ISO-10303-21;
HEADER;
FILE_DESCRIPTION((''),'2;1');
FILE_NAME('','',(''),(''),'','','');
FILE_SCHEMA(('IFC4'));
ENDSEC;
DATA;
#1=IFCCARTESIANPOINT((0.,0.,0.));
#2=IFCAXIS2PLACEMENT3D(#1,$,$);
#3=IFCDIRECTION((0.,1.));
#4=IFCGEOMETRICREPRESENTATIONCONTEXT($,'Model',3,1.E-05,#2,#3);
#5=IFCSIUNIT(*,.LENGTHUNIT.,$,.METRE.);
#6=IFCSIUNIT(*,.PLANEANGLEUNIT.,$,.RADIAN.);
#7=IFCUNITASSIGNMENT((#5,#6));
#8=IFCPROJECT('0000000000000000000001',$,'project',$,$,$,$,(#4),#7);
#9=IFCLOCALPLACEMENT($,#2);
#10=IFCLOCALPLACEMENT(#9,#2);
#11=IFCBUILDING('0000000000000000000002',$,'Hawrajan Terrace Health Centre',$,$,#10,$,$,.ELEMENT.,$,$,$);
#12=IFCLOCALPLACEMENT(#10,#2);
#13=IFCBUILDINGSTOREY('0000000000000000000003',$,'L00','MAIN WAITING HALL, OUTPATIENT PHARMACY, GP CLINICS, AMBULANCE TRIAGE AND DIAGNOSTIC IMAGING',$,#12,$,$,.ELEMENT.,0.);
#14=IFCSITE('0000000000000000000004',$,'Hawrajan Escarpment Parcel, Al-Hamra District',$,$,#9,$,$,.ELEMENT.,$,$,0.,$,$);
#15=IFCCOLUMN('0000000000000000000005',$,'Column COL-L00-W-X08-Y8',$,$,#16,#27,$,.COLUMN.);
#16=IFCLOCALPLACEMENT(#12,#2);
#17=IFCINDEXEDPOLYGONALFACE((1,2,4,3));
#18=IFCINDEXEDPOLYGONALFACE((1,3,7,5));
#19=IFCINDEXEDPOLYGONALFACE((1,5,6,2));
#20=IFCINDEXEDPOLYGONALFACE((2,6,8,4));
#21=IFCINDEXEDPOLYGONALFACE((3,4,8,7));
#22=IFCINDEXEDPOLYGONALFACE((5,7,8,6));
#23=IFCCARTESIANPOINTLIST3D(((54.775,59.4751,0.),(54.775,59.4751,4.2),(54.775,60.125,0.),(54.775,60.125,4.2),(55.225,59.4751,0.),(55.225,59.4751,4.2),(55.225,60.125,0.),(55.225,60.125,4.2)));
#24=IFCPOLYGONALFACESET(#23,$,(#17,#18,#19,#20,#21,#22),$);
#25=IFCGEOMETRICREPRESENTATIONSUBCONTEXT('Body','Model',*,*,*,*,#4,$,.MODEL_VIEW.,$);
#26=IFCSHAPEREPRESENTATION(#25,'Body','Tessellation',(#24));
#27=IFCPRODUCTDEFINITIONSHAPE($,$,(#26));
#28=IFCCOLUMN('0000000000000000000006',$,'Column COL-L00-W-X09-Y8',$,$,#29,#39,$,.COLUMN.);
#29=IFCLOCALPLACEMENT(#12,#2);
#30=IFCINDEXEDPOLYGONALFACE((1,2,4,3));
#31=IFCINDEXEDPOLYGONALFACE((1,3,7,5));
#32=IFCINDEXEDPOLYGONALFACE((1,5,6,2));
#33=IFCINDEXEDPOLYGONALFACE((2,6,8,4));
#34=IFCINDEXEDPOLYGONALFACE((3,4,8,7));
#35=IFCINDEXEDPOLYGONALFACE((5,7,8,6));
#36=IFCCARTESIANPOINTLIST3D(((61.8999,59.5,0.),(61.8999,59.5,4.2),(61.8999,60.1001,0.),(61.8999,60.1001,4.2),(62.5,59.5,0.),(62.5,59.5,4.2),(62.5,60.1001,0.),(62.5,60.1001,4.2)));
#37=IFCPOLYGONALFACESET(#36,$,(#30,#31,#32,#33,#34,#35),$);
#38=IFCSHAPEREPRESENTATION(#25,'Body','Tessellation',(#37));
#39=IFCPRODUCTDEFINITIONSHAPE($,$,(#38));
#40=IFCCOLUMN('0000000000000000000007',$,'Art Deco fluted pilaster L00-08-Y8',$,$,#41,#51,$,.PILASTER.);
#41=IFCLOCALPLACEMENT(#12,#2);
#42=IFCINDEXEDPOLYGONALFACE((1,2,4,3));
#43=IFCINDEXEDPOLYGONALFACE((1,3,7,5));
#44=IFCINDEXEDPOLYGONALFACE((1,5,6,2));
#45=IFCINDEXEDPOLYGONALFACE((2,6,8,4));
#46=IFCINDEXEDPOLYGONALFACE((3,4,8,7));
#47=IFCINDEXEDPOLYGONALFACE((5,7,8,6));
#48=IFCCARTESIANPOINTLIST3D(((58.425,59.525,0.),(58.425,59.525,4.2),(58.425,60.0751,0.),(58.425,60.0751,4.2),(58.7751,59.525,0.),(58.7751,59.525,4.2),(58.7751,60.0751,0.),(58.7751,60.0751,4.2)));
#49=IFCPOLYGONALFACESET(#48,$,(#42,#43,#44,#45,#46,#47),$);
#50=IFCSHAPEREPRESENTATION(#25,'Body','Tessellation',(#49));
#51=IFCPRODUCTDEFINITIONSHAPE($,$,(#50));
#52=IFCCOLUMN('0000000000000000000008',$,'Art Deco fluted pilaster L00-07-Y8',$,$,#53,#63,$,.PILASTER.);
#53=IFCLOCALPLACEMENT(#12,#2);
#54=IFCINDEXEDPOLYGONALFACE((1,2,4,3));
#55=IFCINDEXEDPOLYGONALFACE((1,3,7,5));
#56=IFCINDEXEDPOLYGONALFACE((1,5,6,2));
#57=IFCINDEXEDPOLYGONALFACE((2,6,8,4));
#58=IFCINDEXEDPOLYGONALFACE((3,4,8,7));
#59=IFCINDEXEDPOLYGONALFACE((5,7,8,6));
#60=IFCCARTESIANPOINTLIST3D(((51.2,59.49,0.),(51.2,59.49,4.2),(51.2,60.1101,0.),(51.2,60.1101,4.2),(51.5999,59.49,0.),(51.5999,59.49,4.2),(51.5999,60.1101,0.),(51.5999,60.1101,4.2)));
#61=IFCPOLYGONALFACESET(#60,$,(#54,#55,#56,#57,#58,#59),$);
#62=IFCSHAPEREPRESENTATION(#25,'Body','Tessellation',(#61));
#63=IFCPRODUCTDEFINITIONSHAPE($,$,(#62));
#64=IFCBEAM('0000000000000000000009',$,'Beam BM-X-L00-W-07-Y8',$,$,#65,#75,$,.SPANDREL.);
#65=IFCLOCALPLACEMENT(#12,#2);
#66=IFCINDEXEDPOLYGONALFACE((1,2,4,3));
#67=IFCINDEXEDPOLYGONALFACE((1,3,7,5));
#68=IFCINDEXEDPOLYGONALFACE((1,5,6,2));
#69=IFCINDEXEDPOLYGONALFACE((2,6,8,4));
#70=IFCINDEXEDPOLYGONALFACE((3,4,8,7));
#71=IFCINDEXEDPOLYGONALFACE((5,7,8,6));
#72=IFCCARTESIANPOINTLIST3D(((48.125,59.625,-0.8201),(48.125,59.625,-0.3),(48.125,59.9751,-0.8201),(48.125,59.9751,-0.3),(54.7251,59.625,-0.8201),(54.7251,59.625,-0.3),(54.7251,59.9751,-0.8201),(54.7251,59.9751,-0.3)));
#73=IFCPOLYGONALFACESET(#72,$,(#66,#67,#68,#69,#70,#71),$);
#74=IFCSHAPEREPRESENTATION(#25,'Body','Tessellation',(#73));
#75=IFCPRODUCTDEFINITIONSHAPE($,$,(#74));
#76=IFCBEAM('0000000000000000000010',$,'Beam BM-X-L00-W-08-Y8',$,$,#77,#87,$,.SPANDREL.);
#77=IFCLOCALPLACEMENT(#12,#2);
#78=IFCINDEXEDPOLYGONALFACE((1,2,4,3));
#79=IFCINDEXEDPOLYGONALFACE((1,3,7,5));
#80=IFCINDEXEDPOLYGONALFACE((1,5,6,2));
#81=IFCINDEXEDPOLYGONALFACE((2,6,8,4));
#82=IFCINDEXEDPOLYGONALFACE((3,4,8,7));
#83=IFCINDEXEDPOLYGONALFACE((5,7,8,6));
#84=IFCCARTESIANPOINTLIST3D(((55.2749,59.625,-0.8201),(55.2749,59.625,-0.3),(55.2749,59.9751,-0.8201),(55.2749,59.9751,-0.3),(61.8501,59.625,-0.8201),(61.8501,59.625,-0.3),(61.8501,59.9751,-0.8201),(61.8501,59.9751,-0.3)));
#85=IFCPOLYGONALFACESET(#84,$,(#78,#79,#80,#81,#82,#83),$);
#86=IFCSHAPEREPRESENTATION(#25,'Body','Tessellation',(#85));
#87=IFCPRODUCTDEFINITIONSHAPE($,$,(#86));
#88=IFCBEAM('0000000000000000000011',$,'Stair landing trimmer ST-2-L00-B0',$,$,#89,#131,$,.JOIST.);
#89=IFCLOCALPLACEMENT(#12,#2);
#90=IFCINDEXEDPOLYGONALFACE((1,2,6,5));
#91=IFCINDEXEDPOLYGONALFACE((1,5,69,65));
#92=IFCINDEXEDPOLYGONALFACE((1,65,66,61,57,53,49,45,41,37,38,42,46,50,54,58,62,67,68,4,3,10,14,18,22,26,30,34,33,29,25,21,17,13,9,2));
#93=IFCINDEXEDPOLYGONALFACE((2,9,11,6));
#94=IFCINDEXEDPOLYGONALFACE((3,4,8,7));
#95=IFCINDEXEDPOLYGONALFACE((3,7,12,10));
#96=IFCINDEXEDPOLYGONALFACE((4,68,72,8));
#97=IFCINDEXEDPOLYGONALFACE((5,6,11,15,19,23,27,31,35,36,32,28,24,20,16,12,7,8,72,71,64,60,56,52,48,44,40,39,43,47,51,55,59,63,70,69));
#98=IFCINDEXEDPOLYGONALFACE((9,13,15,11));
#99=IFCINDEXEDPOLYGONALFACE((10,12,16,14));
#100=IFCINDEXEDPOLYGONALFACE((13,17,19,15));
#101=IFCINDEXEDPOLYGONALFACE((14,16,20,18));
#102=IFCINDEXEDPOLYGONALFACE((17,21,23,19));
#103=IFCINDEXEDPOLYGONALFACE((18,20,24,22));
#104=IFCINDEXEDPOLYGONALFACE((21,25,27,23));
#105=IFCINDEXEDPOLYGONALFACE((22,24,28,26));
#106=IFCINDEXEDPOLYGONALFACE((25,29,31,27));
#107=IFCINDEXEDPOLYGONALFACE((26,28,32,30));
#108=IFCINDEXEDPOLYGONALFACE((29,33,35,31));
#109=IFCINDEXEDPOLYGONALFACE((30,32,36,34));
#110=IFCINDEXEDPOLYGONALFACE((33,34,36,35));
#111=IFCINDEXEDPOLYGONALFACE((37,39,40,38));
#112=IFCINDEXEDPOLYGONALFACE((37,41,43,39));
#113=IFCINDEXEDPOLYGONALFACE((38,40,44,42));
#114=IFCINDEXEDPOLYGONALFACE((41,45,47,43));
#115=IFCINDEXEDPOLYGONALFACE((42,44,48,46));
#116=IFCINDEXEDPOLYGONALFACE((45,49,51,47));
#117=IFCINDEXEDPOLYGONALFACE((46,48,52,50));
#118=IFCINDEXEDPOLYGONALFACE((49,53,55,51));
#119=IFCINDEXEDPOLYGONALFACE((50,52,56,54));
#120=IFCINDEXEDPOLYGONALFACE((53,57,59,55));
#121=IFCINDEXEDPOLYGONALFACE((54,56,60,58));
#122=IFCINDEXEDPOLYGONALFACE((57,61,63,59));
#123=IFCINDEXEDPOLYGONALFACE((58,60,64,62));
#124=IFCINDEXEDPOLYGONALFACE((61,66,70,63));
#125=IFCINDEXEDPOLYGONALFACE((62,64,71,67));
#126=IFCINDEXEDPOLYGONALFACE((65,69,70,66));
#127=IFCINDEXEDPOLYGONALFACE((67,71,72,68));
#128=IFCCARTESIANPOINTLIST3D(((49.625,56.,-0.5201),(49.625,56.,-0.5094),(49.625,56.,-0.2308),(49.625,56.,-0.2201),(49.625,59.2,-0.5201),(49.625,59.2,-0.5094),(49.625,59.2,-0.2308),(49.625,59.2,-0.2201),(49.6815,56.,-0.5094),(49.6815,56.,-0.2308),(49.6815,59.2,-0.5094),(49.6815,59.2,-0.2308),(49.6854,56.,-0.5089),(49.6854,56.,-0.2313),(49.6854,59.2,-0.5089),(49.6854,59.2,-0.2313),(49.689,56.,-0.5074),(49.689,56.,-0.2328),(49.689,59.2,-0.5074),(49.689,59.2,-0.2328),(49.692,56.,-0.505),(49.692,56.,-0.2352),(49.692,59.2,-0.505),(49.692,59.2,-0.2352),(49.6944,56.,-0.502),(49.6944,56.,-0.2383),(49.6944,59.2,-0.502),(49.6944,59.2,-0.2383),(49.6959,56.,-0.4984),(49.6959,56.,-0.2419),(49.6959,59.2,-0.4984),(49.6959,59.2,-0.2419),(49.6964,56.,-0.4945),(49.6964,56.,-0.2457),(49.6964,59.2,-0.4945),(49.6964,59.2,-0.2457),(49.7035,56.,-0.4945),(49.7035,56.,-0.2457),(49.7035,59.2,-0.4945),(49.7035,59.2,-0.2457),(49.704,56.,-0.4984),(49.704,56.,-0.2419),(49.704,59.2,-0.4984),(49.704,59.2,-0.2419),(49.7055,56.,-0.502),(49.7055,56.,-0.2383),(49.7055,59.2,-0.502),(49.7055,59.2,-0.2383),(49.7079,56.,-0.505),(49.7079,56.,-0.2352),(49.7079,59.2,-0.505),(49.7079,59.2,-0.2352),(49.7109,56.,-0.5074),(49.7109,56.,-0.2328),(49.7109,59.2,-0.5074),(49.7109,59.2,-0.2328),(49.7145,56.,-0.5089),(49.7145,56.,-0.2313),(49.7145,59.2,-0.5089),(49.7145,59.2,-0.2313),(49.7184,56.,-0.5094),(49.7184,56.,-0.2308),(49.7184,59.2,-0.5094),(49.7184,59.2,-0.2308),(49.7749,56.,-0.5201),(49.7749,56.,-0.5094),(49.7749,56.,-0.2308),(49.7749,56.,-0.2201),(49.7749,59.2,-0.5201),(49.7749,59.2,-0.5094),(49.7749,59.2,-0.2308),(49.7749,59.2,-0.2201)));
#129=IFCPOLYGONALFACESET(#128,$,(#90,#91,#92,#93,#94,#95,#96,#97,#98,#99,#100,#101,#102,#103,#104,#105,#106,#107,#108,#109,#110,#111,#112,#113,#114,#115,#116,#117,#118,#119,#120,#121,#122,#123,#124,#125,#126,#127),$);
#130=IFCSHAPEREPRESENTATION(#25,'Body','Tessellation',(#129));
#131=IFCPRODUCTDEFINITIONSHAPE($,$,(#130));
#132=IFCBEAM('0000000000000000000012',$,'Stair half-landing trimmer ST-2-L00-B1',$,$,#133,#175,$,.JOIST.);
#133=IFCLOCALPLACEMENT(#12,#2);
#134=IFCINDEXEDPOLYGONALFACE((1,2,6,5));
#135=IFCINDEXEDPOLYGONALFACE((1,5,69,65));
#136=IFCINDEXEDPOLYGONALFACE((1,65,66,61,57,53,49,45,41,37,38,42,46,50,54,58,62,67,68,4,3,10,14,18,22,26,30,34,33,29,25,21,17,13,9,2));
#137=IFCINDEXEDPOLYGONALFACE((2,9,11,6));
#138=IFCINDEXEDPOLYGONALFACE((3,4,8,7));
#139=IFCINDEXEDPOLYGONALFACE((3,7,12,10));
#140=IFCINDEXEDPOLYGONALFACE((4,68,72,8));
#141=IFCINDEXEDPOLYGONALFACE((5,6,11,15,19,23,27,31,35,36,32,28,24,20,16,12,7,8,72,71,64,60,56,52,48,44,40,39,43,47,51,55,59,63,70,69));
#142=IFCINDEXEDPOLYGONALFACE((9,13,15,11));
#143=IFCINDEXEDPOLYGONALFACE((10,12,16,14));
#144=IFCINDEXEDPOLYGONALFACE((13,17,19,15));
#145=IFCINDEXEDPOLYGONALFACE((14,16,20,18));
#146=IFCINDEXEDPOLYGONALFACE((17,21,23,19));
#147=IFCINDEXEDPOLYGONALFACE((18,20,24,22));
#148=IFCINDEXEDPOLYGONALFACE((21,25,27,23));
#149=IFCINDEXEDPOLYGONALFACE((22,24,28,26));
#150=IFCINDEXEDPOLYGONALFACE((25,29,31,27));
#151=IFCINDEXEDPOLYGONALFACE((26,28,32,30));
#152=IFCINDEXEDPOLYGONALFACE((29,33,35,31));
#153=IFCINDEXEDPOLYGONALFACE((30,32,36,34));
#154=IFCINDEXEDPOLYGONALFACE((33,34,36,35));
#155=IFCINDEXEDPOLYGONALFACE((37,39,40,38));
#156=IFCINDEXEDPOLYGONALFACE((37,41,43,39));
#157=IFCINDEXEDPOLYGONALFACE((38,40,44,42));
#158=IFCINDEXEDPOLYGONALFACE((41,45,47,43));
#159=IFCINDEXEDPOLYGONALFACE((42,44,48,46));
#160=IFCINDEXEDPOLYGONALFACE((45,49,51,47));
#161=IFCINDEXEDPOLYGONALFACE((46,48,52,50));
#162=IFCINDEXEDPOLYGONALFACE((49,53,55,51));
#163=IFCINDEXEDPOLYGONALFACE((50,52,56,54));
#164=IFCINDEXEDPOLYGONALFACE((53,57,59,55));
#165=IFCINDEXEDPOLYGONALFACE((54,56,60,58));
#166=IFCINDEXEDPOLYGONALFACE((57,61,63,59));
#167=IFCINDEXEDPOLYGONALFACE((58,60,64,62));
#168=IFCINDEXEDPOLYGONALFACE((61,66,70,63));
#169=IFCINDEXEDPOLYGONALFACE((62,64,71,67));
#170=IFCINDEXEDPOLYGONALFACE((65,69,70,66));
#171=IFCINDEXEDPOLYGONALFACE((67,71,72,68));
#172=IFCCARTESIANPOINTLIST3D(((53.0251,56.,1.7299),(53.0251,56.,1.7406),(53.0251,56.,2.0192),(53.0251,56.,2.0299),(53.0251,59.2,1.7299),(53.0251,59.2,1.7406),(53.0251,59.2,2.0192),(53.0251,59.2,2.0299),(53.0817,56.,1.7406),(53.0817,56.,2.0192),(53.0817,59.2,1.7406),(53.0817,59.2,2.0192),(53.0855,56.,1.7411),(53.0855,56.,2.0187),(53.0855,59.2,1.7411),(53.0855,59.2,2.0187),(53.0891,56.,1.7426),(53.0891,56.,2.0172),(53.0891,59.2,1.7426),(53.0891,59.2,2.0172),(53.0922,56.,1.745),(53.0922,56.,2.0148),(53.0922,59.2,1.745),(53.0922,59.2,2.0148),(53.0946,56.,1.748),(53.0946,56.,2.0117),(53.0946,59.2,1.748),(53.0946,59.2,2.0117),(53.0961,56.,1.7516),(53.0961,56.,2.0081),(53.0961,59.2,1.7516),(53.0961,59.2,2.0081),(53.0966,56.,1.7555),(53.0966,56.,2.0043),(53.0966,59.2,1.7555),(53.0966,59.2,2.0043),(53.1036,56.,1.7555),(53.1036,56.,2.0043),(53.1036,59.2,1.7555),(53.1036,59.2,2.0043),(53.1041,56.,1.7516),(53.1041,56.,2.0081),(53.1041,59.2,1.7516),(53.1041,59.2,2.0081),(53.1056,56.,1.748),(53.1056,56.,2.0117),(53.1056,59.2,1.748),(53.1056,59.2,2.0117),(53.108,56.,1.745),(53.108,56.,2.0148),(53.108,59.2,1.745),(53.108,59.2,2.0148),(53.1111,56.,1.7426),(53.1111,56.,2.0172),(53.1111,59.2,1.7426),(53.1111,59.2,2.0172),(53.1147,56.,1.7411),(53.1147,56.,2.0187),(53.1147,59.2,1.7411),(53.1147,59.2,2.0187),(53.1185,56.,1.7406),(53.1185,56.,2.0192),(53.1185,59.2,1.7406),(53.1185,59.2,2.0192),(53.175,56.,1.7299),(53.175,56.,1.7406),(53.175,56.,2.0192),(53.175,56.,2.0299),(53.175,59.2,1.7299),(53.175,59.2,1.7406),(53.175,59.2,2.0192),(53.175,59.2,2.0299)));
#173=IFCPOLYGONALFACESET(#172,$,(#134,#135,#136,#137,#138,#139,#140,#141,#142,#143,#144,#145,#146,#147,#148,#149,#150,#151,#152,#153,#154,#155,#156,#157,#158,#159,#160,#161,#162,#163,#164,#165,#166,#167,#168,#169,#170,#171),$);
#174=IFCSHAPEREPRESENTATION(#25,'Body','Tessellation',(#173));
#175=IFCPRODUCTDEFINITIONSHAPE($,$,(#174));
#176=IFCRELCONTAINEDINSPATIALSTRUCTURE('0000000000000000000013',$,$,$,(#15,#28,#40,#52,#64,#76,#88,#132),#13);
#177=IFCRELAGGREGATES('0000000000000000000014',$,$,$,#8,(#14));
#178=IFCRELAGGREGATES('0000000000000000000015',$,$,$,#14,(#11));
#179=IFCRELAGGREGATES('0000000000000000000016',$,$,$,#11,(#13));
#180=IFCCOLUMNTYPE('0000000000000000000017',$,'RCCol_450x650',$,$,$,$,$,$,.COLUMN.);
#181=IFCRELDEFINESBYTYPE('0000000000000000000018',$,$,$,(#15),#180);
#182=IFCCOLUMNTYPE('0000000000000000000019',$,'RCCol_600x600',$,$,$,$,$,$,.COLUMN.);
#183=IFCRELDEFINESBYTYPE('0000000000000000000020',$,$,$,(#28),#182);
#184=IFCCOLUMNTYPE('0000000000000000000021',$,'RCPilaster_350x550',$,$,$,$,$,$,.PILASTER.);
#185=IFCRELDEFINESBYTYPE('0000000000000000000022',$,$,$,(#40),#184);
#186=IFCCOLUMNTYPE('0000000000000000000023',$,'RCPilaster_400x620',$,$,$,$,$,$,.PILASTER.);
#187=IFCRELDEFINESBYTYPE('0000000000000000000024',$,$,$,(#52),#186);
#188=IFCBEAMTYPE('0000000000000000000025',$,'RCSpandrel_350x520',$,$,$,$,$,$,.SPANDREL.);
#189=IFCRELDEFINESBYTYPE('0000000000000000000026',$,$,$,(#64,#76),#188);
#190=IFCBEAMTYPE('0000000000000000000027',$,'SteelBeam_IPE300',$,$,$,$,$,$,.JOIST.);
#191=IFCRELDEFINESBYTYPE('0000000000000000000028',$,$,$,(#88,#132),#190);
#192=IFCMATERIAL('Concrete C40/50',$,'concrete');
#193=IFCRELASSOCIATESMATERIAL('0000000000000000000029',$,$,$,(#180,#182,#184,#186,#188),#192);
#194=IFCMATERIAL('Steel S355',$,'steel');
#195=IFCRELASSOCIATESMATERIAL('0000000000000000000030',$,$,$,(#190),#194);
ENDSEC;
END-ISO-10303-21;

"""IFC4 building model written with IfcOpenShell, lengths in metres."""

from ifc_helpers import new_model, si_unit, direction, frame, origin, origin_2d, place, context, subcontext, project, spatial, rectangle, i_section, extrude, material, material_profile, profile_set, type_object, element, save


model = new_model("IFC4")

# Units and contexts
model_context = context("Model", 3, precision=1e-05, world=origin(), true_north=direction((0.0, 1.0)))
body_context = subcontext(model_context, "Body", "Model", "MODEL_VIEW")
ifc_project = project(units=[si_unit("LENGTHUNIT", "METRE"), si_unit("PLANEANGLEUNIT", "RADIAN")], contexts=[model_context])

# Site, building, storey
site_placement = place(None, origin())
site = spatial("IfcSite", under=ifc_project, at=site_placement, Name="Hawrajan Escarpment Parcel, Al-Hamra District", CompositionType="ELEMENT", RefElevation=0.0)
building_placement = place(site_placement, origin())
building = spatial("IfcBuilding", under=site, at=building_placement, Name="Hawrajan Terrace Health Centre", CompositionType="ELEMENT")
storey_placement = place(building_placement, origin())
storey = spatial("IfcBuildingStorey", under=building, at=storey_placement, Name="L00", Description="MAIN WAITING HALL, OUTPATIENT PHARMACY, GP CLINICS, AMBULANCE TRIAGE AND DIAGNOSTIC IMAGING", CompositionType="ELEMENT", Elevation=0.0)

# Columns
ifc_material_1 = material(Name="Concrete C40/50", Category="concrete")
ifc_material_profile_1 = material_profile(ifc_material_1, rectangle(XDim=0.45, YDim=0.6499, at=origin_2d()), Name="RC 450x650")
ifc_profile_set_1 = profile_set([ifc_material_profile_1], Name="Concrete C40/50")
column_type_1 = type_object("IfcColumnType", Name="RCCol_450x650", PredefinedType="COLUMN", material=ifc_profile_set_1)
column_1_placement = place(storey_placement, frame((55.0, 59.8, 0.0), z_axis=(0.0, 0.0, 1.0), x_axis=(1.0, 0.0, 0.0)))
element("IfcColumn", 1, at=column_1_placement, inside=storey, type_object=column_type_1, Name="Column COL-L00-W-X08-Y8", PredefinedType="COLUMN", context=body_context, shape_type="SweptSolid", body=[
    extrude(rectangle(XDim=0.45, YDim=0.6499, at=origin_2d()), origin(), (0.0, 0.0, 1.0), 4.2),
])
ifc_material_profile_2 = material_profile(ifc_material_1, rectangle(XDim=0.6001, YDim=0.6001, at=origin_2d()), Name="RC 600x600")
ifc_profile_set_2 = profile_set([ifc_material_profile_2], Name="Concrete C40/50")
column_type_2 = type_object("IfcColumnType", Name="RCCol_600x600", PredefinedType="COLUMN", material=ifc_profile_set_2)
column_2_placement = place(storey_placement, frame((62.2, 59.8, 0.0), z_axis=(0.0, 0.0, 1.0), x_axis=(1.0, 0.0, 0.0)))
element("IfcColumn", 2, at=column_2_placement, inside=storey, type_object=column_type_2, Name="Column COL-L00-W-X09-Y8", PredefinedType="COLUMN", context=body_context, shape_type="SweptSolid", body=[
    extrude(rectangle(XDim=0.6001, YDim=0.6001, at=origin_2d()), origin(), (0.0, 0.0, 1.0), 4.2),
])
ifc_material_profile_3 = material_profile(ifc_material_1, rectangle(XDim=0.3501, YDim=0.55, at=origin_2d()), Name="RC PIL 350x550")
ifc_profile_set_3 = profile_set([ifc_material_profile_3], Name="Concrete C40/50")
column_type_3 = type_object("IfcColumnType", Name="RCPilaster_350x550", PredefinedType="PILASTER", material=ifc_profile_set_3)
column_3_placement = place(storey_placement, frame((58.6001, 59.8, 0.0), z_axis=(0.0, 0.0, 1.0), x_axis=(1.0, 0.0, 0.0)))
element("IfcColumn", 3, at=column_3_placement, inside=storey, type_object=column_type_3, Name="Art Deco fluted pilaster L00-08-Y8", PredefinedType="PILASTER", context=body_context, shape_type="SweptSolid", body=[
    extrude(rectangle(XDim=0.3501, YDim=0.55, at=origin_2d()), origin(), (0.0, 0.0, 1.0), 4.2),
])
ifc_material_profile_4 = material_profile(ifc_material_1, rectangle(XDim=0.3999, YDim=0.6201, at=origin_2d()), Name="RC PIL 400x620")
ifc_profile_set_4 = profile_set([ifc_material_profile_4], Name="Concrete C40/50")
column_type_4 = type_object("IfcColumnType", Name="RCPilaster_400x620", PredefinedType="PILASTER", material=ifc_profile_set_4)
column_4_placement = place(storey_placement, frame((51.3999, 59.8, 0.0), z_axis=(0.0, 0.0, 1.0), x_axis=(1.0, 0.0, 0.0)))
element("IfcColumn", 4, at=column_4_placement, inside=storey, type_object=column_type_4, Name="Art Deco fluted pilaster L00-07-Y8", PredefinedType="PILASTER", context=body_context, shape_type="SweptSolid", body=[
    extrude(rectangle(XDim=0.3999, YDim=0.6201, at=origin_2d()), origin(), (0.0, 0.0, 1.0), 4.2),
])

# Beams
ifc_material_profile_5 = material_profile(ifc_material_1, rectangle(XDim=0.3501, YDim=0.52, at=origin_2d()), Name="RC SP 350x520")
ifc_profile_set_5 = profile_set([ifc_material_profile_5], Name="Concrete C40/50")
beam_type_1 = type_object("IfcBeamType", Name="RCSpandrel_350x520", PredefinedType="SPANDREL", material=ifc_profile_set_5)
beam_1_placement = place(storey_placement, frame((48.125, 59.8, -0.5601), z_axis=(1.0, 0.0, 0.0), x_axis=(0.0, 1.0, 0.0)))
element("IfcBeam", 5, at=beam_1_placement, inside=storey, type_object=beam_type_1, Name="Beam BM-X-L00-W-07-Y8", PredefinedType="SPANDREL", context=body_context, shape_type="SweptSolid", body=[
    extrude(rectangle(XDim=0.3501, YDim=0.52, at=origin_2d()), origin(), (0.0, 0.0, 1.0), 6.6001),
])
beam_2_placement = place(storey_placement, frame((55.2749, 59.8, -0.5601), z_axis=(1.0, 0.0, 0.0), x_axis=(0.0, 1.0, 0.0)))
element("IfcBeam", 6, at=beam_2_placement, inside=storey, type_object=beam_type_1, Name="Beam BM-X-L00-W-08-Y8", PredefinedType="SPANDREL", context=body_context, shape_type="SweptSolid", body=[
    extrude(rectangle(XDim=0.3501, YDim=0.52, at=origin_2d()), origin(), (0.0, 0.0, 1.0), 6.5752),
])
ifc_material_2 = material(Name="Steel S355", Category="steel")
ifc_material_profile_6 = material_profile(ifc_material_2, i_section(OverallWidth=0.1499, OverallDepth=0.3, WebThickness=0.0071, FlangeThickness=0.0107, FilletRadius=0.0149, at=origin_2d()), Name="IPE 300")
ifc_profile_set_6 = profile_set([ifc_material_profile_6], Name="Steel S355")
beam_type_2 = type_object("IfcBeamType", Name="SteelBeam_IPE300", PredefinedType="JOIST", material=ifc_profile_set_6)
for number, where, z_axis, x_axis, name in (
    (7, (49.7, 56.0, -0.3701), (0.0, 1.0, 0.0), (-1.0, 0.0, 0.0), "Stair landing trimmer ST-2-L00-B0"),
    (8, (53.1001, 56.0, 1.8799), (0.0, 1.0, 0.0), (-1.0, 0.0, 0.0), "Stair half-landing trimmer ST-2-L00-B1"),
):
    element("IfcBeam", number, at=place(storey_placement, frame(where, z_axis=z_axis, x_axis=x_axis)), inside=storey, type_object=beam_type_2, Name=name, PredefinedType="JOIST", context=body_context, shape_type="SweptSolid", body=[
        extrude(i_section(OverallWidth=0.1499, OverallDepth=0.3, WebThickness=0.0071, FlangeThickness=0.0107, FilletRadius=0.0149, at=origin_2d()), origin(), (0.0, 0.0, 1.0), 3.2),
    ])

save(model, "model.ifc")
